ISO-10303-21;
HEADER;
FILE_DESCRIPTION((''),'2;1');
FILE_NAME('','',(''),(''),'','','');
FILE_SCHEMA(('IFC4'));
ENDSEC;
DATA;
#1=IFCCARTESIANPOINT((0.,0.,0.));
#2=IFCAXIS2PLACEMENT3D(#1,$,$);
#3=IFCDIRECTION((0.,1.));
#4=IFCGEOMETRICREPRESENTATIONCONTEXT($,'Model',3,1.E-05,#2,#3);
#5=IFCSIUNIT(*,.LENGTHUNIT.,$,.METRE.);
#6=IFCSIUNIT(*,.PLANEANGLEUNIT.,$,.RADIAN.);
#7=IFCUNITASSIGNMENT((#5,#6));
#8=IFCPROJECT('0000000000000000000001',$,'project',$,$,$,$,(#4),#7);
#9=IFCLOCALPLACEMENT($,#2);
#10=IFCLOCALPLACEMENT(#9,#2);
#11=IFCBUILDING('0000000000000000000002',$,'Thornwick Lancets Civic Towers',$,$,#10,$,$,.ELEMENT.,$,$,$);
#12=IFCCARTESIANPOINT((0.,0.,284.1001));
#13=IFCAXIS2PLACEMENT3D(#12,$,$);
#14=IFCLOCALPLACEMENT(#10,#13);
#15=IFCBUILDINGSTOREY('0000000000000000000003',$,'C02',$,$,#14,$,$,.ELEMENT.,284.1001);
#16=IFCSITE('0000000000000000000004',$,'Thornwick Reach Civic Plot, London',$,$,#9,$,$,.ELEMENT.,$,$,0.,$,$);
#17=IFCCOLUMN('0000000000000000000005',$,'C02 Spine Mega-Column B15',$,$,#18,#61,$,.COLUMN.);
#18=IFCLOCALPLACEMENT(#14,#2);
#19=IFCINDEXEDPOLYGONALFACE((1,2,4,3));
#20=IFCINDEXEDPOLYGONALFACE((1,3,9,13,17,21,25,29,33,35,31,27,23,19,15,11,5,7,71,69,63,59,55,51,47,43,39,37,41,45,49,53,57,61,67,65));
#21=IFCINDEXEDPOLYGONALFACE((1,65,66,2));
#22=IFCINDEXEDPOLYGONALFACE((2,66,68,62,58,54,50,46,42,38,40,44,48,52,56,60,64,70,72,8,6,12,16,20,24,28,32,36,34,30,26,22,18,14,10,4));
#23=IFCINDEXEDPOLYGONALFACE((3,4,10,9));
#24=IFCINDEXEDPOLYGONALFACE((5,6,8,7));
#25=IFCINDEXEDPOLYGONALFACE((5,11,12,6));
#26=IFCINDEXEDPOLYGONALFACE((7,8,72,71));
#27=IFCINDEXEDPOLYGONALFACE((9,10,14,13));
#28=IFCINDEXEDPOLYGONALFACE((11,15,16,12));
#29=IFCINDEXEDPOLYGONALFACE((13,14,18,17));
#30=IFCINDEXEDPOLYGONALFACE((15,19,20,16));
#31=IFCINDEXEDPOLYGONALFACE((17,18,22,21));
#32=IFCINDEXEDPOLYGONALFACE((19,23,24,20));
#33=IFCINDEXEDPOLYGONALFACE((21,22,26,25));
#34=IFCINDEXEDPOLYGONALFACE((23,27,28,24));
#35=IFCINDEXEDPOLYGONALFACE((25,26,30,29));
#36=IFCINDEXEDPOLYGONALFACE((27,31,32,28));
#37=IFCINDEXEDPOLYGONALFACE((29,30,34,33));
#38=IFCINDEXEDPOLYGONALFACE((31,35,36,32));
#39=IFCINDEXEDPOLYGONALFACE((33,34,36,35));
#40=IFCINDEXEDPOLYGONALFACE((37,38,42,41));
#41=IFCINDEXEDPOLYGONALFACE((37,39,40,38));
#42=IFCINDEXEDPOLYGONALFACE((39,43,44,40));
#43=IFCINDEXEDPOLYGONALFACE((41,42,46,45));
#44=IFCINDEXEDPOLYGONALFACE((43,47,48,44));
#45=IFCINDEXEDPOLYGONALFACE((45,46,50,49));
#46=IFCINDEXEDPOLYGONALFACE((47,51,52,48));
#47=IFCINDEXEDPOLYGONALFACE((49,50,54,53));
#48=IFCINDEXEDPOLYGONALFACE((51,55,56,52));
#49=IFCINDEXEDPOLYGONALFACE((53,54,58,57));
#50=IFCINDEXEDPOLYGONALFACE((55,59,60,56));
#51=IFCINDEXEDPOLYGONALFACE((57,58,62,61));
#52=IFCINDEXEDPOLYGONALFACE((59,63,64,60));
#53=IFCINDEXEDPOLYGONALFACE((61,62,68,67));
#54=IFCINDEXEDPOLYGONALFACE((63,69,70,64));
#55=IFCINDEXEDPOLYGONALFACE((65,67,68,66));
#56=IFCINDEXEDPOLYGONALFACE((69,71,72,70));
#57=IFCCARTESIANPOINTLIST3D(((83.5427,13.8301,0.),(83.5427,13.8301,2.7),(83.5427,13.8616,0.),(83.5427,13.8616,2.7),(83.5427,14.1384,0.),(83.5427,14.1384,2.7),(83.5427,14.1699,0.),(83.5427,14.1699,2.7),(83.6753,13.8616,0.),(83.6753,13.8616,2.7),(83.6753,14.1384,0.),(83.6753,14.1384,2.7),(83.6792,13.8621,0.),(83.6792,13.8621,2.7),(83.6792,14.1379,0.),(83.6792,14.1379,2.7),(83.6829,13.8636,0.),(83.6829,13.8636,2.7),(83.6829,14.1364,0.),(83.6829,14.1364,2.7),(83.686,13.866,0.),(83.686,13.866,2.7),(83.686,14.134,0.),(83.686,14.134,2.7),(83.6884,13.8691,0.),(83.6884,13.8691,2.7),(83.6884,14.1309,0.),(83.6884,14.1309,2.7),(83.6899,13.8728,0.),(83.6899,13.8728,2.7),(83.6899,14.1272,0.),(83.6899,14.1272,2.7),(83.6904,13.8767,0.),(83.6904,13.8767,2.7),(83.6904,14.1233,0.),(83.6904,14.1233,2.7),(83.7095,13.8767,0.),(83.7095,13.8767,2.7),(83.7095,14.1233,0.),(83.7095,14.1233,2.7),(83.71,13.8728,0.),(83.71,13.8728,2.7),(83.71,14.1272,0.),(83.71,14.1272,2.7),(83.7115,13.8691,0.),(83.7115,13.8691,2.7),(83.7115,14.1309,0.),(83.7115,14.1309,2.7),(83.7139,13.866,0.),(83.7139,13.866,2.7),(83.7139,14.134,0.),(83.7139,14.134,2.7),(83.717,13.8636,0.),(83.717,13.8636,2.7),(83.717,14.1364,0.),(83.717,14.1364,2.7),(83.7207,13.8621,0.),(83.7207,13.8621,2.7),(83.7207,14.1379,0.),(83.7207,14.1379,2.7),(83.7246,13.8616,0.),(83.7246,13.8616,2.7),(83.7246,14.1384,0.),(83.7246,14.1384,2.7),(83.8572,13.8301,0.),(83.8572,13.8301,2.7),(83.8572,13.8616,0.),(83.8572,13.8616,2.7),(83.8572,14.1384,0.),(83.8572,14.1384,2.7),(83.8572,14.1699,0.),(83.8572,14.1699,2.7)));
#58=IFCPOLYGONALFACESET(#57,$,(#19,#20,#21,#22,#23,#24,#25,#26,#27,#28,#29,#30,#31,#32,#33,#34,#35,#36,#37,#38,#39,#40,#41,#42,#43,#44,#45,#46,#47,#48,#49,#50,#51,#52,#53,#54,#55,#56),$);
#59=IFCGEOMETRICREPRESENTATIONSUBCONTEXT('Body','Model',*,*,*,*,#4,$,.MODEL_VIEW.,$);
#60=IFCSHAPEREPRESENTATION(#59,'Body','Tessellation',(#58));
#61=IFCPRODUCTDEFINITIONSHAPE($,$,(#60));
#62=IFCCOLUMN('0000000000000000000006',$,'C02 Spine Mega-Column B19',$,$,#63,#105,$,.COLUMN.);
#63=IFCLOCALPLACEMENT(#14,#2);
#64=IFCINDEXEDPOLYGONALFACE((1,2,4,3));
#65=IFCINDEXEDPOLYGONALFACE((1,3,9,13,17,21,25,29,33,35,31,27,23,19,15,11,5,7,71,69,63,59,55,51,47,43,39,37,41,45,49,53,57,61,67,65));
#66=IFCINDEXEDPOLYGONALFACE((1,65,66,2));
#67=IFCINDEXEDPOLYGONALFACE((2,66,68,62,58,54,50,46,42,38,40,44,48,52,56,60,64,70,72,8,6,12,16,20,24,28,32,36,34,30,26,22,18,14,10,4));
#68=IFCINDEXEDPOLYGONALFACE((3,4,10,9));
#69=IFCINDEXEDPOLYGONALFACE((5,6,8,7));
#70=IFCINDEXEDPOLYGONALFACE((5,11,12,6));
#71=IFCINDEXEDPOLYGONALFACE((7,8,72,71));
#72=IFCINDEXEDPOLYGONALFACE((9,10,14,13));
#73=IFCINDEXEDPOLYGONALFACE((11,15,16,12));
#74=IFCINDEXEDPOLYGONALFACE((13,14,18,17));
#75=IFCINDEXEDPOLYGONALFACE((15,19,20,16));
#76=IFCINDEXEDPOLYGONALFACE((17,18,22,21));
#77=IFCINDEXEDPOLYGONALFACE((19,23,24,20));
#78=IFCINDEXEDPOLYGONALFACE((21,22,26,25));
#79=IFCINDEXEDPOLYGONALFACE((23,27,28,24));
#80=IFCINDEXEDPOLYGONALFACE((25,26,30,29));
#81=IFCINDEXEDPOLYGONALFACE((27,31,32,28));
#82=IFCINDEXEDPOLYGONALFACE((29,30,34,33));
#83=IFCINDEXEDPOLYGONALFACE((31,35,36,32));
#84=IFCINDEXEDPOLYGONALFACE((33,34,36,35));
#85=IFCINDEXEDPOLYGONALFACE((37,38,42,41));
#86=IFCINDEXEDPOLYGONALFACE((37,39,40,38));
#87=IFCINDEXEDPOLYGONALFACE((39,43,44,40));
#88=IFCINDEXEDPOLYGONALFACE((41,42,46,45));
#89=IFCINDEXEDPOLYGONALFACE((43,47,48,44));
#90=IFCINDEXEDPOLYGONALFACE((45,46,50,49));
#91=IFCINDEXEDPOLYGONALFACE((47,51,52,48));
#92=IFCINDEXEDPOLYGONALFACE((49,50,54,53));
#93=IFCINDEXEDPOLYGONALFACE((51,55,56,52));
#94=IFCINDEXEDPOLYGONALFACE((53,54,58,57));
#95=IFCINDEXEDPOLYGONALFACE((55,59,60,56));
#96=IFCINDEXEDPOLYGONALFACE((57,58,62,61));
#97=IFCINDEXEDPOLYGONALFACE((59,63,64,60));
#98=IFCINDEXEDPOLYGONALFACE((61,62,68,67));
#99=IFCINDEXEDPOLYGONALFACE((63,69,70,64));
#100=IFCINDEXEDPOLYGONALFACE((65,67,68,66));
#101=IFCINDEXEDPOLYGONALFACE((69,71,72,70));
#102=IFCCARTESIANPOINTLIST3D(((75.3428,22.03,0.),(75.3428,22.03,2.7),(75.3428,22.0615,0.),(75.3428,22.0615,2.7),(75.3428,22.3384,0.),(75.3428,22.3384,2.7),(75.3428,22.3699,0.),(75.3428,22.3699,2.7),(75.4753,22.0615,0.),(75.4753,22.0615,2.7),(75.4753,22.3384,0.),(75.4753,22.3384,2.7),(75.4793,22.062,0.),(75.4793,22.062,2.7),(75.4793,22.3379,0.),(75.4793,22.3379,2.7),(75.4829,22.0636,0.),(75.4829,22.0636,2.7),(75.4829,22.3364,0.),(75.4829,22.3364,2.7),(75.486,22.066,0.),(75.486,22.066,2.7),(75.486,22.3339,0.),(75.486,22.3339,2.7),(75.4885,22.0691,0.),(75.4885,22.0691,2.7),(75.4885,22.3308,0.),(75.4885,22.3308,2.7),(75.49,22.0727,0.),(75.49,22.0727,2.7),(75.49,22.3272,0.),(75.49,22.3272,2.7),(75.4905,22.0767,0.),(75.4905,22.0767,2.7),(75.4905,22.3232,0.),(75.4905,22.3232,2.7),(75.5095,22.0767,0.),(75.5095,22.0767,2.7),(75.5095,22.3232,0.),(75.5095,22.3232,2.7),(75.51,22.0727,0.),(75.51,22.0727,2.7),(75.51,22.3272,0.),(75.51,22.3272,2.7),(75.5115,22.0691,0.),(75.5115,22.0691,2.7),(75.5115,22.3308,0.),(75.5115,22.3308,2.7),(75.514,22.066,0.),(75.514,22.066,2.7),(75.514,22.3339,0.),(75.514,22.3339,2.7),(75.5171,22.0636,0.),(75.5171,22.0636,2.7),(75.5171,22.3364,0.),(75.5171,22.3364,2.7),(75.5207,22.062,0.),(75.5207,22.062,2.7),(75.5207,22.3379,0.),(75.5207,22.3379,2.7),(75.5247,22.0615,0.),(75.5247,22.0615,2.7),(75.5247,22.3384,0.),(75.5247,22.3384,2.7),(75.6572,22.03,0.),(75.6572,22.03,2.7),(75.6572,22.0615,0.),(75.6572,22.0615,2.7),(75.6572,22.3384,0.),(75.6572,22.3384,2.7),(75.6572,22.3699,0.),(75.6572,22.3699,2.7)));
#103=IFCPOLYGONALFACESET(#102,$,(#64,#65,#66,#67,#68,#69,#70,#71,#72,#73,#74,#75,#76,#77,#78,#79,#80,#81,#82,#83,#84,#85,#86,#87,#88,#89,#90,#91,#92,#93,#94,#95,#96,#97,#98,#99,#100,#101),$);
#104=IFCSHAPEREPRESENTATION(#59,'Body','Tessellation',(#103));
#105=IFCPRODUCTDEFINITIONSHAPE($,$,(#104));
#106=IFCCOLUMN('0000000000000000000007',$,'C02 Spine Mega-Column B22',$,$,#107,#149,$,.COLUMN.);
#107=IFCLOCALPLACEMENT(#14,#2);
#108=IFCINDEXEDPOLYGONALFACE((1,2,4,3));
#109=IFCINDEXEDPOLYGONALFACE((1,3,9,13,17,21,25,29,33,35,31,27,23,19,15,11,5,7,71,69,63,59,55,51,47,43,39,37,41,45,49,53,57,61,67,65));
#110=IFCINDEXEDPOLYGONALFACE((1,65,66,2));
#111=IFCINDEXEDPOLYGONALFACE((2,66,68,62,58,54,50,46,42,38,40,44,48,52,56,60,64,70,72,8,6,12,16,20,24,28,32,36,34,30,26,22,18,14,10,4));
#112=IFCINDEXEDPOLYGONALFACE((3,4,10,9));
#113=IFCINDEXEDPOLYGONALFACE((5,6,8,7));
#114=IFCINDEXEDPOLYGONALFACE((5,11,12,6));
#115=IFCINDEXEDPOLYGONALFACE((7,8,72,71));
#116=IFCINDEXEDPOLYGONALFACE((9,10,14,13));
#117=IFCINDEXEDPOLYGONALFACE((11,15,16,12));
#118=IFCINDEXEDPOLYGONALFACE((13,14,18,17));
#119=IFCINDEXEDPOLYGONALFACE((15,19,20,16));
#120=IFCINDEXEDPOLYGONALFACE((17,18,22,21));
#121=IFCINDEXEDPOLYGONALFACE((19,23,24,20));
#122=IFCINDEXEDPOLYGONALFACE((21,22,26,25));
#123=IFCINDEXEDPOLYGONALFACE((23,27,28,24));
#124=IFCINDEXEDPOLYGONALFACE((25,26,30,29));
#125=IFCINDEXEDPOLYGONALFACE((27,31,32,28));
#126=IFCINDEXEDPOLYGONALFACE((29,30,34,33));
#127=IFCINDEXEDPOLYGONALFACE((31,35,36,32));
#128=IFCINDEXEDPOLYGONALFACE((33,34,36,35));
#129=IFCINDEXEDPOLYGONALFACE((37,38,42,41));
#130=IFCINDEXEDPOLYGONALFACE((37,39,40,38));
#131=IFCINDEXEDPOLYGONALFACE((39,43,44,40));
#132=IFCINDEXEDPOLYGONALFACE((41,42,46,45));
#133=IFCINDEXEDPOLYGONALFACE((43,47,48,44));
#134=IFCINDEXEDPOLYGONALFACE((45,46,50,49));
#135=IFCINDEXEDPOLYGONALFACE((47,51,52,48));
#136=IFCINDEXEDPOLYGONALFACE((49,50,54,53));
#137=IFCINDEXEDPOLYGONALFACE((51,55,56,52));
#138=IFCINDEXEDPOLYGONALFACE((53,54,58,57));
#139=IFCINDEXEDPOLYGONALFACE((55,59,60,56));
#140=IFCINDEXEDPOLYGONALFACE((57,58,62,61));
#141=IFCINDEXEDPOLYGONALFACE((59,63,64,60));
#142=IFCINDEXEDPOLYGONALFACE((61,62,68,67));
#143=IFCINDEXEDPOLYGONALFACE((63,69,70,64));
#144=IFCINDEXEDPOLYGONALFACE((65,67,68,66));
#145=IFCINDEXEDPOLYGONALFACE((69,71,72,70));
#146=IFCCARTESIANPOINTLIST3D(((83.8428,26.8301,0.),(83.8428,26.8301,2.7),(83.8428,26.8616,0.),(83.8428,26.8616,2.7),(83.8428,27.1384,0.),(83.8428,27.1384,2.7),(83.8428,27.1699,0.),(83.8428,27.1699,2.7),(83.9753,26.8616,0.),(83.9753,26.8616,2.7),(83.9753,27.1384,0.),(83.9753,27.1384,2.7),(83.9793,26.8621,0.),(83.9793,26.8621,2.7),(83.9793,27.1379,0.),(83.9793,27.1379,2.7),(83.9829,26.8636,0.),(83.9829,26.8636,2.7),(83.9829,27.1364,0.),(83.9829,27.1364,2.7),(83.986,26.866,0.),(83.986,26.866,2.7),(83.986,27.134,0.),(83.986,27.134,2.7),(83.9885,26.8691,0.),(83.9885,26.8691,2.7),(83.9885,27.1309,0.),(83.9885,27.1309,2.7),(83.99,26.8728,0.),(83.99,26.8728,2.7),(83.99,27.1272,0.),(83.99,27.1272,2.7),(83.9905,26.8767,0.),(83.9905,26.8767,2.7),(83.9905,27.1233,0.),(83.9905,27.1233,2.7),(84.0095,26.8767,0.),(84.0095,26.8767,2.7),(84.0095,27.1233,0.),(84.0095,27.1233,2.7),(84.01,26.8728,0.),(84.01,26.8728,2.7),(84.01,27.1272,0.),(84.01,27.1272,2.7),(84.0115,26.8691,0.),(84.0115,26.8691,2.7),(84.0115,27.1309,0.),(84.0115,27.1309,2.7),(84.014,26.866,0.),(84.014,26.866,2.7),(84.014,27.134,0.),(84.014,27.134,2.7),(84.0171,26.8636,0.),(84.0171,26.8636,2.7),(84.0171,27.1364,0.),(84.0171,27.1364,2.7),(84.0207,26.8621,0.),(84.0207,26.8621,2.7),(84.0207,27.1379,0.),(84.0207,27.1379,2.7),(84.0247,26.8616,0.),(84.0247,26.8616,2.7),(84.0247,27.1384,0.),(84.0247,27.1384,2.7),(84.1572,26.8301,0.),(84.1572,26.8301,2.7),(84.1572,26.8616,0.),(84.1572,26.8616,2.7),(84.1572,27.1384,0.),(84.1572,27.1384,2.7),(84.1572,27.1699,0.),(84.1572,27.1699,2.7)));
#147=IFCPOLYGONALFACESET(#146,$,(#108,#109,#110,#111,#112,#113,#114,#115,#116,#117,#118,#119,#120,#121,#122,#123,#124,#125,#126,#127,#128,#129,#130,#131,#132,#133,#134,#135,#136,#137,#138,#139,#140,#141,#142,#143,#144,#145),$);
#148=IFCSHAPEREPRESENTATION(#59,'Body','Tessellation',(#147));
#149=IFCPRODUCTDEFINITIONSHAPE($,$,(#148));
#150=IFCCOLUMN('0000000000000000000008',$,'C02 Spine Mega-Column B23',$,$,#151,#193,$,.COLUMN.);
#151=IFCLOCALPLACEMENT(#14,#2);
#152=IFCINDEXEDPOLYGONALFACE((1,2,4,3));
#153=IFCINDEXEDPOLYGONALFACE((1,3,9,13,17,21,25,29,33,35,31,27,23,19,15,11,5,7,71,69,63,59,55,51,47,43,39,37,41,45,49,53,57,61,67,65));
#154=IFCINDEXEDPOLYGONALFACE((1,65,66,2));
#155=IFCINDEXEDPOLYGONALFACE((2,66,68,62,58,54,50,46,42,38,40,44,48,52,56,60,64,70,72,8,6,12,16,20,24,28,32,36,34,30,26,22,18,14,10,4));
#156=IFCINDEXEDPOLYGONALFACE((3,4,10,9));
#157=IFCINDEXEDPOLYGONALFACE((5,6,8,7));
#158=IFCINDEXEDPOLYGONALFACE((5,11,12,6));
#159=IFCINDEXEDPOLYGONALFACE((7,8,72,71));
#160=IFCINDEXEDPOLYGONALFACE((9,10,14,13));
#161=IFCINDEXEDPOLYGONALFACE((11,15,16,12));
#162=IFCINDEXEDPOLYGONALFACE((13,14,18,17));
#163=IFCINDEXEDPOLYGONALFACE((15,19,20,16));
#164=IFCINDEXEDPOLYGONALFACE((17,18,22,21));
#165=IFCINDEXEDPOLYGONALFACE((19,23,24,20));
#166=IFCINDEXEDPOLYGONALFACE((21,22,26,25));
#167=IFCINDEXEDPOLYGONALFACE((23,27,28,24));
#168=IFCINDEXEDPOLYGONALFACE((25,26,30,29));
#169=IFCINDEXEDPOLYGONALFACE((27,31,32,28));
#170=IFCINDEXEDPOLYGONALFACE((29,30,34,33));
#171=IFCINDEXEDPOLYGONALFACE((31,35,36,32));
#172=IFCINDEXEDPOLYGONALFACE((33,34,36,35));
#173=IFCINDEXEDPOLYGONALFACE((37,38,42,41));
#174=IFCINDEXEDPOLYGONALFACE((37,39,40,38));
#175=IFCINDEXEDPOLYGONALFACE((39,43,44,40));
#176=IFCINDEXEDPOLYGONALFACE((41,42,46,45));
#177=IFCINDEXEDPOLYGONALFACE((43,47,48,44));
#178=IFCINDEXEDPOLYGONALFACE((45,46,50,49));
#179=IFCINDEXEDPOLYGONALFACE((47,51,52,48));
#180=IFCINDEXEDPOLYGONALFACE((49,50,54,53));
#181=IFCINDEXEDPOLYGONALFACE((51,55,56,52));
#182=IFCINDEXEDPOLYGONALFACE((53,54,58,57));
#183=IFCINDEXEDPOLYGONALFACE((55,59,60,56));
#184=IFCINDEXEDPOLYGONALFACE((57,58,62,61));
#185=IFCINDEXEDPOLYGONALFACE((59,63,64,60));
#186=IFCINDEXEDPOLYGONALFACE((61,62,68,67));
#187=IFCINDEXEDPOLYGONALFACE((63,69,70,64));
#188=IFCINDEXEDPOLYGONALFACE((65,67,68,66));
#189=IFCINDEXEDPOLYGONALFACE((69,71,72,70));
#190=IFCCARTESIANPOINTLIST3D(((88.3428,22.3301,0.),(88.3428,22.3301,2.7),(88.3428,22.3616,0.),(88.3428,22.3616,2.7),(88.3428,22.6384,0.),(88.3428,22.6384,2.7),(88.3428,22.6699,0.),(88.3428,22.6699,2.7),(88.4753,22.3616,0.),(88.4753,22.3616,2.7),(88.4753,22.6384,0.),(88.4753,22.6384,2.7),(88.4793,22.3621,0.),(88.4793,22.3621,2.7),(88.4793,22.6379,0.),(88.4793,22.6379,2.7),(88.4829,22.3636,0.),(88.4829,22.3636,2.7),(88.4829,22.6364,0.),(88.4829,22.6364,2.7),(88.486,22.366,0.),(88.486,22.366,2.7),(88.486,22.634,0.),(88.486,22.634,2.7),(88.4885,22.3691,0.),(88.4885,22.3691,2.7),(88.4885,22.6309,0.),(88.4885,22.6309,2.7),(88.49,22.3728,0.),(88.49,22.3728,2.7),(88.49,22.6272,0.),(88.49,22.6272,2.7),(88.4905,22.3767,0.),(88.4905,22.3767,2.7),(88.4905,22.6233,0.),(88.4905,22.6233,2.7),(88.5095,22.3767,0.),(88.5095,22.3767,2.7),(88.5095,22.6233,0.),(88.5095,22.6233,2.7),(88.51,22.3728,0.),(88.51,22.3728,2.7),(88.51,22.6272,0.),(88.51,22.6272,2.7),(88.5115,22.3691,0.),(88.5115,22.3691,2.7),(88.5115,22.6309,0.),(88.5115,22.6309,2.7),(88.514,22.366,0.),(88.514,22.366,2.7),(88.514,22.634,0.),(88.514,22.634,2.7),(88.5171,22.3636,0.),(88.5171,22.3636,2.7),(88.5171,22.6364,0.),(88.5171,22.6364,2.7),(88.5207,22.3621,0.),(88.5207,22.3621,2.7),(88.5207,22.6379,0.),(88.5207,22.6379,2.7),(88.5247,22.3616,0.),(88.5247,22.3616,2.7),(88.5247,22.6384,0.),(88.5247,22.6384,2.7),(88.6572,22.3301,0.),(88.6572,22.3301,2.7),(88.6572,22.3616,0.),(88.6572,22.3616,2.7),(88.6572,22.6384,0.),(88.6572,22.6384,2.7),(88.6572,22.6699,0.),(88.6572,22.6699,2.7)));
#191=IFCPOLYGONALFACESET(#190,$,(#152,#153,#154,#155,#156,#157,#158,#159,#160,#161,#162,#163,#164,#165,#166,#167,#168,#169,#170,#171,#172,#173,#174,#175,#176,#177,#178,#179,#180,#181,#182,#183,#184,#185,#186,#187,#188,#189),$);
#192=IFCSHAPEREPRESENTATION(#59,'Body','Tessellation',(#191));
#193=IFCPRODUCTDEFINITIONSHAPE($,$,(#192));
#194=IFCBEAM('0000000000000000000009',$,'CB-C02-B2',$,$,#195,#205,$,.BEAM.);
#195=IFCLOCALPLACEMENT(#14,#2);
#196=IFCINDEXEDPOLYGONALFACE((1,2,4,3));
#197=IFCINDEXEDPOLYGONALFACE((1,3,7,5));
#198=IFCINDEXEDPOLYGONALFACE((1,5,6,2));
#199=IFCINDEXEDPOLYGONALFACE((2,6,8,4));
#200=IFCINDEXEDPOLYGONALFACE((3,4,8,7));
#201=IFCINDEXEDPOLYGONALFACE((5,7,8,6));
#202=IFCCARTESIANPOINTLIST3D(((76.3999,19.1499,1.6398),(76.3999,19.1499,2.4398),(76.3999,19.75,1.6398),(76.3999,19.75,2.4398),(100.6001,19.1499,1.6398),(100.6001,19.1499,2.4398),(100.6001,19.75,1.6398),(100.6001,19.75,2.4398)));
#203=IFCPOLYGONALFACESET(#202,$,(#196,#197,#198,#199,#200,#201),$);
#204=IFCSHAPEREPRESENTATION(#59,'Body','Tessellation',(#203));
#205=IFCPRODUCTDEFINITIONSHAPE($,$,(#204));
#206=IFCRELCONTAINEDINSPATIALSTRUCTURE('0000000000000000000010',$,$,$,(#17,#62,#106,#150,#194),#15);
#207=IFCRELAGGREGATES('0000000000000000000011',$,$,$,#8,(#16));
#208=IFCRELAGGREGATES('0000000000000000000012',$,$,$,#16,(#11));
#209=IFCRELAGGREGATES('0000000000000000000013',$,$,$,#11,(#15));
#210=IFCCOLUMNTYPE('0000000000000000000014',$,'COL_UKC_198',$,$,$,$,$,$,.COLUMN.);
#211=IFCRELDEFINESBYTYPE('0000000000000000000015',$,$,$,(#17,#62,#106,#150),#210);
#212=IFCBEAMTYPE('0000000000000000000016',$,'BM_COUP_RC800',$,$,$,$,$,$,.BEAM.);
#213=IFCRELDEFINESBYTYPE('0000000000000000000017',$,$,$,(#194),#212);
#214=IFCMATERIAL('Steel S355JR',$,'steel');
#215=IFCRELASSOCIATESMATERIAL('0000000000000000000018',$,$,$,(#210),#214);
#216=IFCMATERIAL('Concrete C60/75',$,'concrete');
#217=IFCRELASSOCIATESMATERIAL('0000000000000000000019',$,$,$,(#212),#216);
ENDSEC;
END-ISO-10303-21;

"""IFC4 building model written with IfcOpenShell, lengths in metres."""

from ifc_helpers import new_model, si_unit, direction, frame, origin, origin_2d, place, context, subcontext, project, spatial, rectangle, i_section, extrude, material, material_profile, profile_set, type_object, element, save


model = new_model("IFC4")

# Units and contexts
model_context = context("Model", 3, precision=1e-05, world=origin(), true_north=direction((0.0, 1.0)))
body_context = subcontext(model_context, "Body", "Model", "MODEL_VIEW")
ifc_project = project(units=[si_unit("LENGTHUNIT", "METRE"), si_unit("PLANEANGLEUNIT", "RADIAN")], contexts=[model_context])

# Site, building, storey
site_placement = place(None, origin())
site = spatial("IfcSite", under=ifc_project, at=site_placement, Name="Thornwick Reach Civic Plot, London", CompositionType="ELEMENT", RefElevation=0.0)
building_placement = place(site_placement, origin())
building = spatial("IfcBuilding", under=site, at=building_placement, Name="Thornwick Lancets Civic Towers", CompositionType="ELEMENT")
storey_placement = place(building_placement, frame((0.0, 0.0, 284.1001)))
storey = spatial("IfcBuildingStorey", under=building, at=storey_placement, Name="C02", CompositionType="ELEMENT", Elevation=284.1001)

# Columns
ifc_material_1 = material(Name="Steel S355JR", Category="steel")
ifc_material_profile_1 = material_profile(ifc_material_1, i_section(OverallWidth=0.3145, OverallDepth=0.3398, WebThickness=0.019, FlangeThickness=0.0315, FilletRadius=0.0151, at=origin_2d()), Name="UKC 305x305x198")
ifc_profile_set_1 = profile_set([ifc_material_profile_1], Name="Steel S355JR")
column_type = type_object("IfcColumnType", Name="COL_UKC_198", PredefinedType="COLUMN", material=ifc_profile_set_1)
for number, where, z_axis, x_axis, name in (
    (1, (83.7, 14.0, 0.0), (0.0, 0.0, 1.0), (1.0, 0.0, 0.0), "C02 Spine Mega-Column B15"),
    (2, (75.5, 22.2, 0.0), (0.0, 0.0, 1.0), (1.0, 0.0, 0.0), "C02 Spine Mega-Column B19"),
    (3, (84.0, 27.0, 0.0), (0.0, 0.0, 1.0), (1.0, 0.0, 0.0), "C02 Spine Mega-Column B22"),
    (4, (88.5, 22.5, 0.0), (0.0, 0.0, 1.0), (1.0, 0.0, 0.0), "C02 Spine Mega-Column B23"),
):
    element("IfcColumn", number, at=place(storey_placement, frame(where, z_axis=z_axis, x_axis=x_axis)), inside=storey, type_object=column_type, Name=name, PredefinedType="COLUMN", context=body_context, shape_type="SweptSolid", body=[
        extrude(i_section(OverallWidth=0.3145, OverallDepth=0.3398, WebThickness=0.019, FlangeThickness=0.0315, FilletRadius=0.0151, at=origin_2d()), origin(), (0.0, 0.0, 1.0), 2.7),
    ])

# Beam
ifc_material_2 = material(Name="Concrete C60/75", Category="concrete")
ifc_material_profile_2 = material_profile(ifc_material_2, rectangle(XDim=0.6001, YDim=0.8, at=origin_2d()), Name="RC 600x800")
ifc_profile_set_2 = profile_set([ifc_material_profile_2], Name="Concrete C60/75")
beam_type_1 = type_object("IfcBeamType", Name="BM_COUP_RC800", PredefinedType="BEAM", material=ifc_profile_set_2)
beam_1_placement = place(storey_placement, frame((76.3999, 19.45, 2.0398), z_axis=(1.0, 0.0, 0.0), x_axis=(0.0, 1.0, 0.0)))
element("IfcBeam", 5, at=beam_1_placement, inside=storey, type_object=beam_type_1, Name="CB-C02-B2", PredefinedType="BEAM", context=body_context, shape_type="SweptSolid", body=[
    extrude(rectangle(XDim=0.6001, YDim=0.8, at=origin_2d()), origin(), (0.0, 0.0, 1.0), 24.2002),
])

save(model, "model.ifc")
